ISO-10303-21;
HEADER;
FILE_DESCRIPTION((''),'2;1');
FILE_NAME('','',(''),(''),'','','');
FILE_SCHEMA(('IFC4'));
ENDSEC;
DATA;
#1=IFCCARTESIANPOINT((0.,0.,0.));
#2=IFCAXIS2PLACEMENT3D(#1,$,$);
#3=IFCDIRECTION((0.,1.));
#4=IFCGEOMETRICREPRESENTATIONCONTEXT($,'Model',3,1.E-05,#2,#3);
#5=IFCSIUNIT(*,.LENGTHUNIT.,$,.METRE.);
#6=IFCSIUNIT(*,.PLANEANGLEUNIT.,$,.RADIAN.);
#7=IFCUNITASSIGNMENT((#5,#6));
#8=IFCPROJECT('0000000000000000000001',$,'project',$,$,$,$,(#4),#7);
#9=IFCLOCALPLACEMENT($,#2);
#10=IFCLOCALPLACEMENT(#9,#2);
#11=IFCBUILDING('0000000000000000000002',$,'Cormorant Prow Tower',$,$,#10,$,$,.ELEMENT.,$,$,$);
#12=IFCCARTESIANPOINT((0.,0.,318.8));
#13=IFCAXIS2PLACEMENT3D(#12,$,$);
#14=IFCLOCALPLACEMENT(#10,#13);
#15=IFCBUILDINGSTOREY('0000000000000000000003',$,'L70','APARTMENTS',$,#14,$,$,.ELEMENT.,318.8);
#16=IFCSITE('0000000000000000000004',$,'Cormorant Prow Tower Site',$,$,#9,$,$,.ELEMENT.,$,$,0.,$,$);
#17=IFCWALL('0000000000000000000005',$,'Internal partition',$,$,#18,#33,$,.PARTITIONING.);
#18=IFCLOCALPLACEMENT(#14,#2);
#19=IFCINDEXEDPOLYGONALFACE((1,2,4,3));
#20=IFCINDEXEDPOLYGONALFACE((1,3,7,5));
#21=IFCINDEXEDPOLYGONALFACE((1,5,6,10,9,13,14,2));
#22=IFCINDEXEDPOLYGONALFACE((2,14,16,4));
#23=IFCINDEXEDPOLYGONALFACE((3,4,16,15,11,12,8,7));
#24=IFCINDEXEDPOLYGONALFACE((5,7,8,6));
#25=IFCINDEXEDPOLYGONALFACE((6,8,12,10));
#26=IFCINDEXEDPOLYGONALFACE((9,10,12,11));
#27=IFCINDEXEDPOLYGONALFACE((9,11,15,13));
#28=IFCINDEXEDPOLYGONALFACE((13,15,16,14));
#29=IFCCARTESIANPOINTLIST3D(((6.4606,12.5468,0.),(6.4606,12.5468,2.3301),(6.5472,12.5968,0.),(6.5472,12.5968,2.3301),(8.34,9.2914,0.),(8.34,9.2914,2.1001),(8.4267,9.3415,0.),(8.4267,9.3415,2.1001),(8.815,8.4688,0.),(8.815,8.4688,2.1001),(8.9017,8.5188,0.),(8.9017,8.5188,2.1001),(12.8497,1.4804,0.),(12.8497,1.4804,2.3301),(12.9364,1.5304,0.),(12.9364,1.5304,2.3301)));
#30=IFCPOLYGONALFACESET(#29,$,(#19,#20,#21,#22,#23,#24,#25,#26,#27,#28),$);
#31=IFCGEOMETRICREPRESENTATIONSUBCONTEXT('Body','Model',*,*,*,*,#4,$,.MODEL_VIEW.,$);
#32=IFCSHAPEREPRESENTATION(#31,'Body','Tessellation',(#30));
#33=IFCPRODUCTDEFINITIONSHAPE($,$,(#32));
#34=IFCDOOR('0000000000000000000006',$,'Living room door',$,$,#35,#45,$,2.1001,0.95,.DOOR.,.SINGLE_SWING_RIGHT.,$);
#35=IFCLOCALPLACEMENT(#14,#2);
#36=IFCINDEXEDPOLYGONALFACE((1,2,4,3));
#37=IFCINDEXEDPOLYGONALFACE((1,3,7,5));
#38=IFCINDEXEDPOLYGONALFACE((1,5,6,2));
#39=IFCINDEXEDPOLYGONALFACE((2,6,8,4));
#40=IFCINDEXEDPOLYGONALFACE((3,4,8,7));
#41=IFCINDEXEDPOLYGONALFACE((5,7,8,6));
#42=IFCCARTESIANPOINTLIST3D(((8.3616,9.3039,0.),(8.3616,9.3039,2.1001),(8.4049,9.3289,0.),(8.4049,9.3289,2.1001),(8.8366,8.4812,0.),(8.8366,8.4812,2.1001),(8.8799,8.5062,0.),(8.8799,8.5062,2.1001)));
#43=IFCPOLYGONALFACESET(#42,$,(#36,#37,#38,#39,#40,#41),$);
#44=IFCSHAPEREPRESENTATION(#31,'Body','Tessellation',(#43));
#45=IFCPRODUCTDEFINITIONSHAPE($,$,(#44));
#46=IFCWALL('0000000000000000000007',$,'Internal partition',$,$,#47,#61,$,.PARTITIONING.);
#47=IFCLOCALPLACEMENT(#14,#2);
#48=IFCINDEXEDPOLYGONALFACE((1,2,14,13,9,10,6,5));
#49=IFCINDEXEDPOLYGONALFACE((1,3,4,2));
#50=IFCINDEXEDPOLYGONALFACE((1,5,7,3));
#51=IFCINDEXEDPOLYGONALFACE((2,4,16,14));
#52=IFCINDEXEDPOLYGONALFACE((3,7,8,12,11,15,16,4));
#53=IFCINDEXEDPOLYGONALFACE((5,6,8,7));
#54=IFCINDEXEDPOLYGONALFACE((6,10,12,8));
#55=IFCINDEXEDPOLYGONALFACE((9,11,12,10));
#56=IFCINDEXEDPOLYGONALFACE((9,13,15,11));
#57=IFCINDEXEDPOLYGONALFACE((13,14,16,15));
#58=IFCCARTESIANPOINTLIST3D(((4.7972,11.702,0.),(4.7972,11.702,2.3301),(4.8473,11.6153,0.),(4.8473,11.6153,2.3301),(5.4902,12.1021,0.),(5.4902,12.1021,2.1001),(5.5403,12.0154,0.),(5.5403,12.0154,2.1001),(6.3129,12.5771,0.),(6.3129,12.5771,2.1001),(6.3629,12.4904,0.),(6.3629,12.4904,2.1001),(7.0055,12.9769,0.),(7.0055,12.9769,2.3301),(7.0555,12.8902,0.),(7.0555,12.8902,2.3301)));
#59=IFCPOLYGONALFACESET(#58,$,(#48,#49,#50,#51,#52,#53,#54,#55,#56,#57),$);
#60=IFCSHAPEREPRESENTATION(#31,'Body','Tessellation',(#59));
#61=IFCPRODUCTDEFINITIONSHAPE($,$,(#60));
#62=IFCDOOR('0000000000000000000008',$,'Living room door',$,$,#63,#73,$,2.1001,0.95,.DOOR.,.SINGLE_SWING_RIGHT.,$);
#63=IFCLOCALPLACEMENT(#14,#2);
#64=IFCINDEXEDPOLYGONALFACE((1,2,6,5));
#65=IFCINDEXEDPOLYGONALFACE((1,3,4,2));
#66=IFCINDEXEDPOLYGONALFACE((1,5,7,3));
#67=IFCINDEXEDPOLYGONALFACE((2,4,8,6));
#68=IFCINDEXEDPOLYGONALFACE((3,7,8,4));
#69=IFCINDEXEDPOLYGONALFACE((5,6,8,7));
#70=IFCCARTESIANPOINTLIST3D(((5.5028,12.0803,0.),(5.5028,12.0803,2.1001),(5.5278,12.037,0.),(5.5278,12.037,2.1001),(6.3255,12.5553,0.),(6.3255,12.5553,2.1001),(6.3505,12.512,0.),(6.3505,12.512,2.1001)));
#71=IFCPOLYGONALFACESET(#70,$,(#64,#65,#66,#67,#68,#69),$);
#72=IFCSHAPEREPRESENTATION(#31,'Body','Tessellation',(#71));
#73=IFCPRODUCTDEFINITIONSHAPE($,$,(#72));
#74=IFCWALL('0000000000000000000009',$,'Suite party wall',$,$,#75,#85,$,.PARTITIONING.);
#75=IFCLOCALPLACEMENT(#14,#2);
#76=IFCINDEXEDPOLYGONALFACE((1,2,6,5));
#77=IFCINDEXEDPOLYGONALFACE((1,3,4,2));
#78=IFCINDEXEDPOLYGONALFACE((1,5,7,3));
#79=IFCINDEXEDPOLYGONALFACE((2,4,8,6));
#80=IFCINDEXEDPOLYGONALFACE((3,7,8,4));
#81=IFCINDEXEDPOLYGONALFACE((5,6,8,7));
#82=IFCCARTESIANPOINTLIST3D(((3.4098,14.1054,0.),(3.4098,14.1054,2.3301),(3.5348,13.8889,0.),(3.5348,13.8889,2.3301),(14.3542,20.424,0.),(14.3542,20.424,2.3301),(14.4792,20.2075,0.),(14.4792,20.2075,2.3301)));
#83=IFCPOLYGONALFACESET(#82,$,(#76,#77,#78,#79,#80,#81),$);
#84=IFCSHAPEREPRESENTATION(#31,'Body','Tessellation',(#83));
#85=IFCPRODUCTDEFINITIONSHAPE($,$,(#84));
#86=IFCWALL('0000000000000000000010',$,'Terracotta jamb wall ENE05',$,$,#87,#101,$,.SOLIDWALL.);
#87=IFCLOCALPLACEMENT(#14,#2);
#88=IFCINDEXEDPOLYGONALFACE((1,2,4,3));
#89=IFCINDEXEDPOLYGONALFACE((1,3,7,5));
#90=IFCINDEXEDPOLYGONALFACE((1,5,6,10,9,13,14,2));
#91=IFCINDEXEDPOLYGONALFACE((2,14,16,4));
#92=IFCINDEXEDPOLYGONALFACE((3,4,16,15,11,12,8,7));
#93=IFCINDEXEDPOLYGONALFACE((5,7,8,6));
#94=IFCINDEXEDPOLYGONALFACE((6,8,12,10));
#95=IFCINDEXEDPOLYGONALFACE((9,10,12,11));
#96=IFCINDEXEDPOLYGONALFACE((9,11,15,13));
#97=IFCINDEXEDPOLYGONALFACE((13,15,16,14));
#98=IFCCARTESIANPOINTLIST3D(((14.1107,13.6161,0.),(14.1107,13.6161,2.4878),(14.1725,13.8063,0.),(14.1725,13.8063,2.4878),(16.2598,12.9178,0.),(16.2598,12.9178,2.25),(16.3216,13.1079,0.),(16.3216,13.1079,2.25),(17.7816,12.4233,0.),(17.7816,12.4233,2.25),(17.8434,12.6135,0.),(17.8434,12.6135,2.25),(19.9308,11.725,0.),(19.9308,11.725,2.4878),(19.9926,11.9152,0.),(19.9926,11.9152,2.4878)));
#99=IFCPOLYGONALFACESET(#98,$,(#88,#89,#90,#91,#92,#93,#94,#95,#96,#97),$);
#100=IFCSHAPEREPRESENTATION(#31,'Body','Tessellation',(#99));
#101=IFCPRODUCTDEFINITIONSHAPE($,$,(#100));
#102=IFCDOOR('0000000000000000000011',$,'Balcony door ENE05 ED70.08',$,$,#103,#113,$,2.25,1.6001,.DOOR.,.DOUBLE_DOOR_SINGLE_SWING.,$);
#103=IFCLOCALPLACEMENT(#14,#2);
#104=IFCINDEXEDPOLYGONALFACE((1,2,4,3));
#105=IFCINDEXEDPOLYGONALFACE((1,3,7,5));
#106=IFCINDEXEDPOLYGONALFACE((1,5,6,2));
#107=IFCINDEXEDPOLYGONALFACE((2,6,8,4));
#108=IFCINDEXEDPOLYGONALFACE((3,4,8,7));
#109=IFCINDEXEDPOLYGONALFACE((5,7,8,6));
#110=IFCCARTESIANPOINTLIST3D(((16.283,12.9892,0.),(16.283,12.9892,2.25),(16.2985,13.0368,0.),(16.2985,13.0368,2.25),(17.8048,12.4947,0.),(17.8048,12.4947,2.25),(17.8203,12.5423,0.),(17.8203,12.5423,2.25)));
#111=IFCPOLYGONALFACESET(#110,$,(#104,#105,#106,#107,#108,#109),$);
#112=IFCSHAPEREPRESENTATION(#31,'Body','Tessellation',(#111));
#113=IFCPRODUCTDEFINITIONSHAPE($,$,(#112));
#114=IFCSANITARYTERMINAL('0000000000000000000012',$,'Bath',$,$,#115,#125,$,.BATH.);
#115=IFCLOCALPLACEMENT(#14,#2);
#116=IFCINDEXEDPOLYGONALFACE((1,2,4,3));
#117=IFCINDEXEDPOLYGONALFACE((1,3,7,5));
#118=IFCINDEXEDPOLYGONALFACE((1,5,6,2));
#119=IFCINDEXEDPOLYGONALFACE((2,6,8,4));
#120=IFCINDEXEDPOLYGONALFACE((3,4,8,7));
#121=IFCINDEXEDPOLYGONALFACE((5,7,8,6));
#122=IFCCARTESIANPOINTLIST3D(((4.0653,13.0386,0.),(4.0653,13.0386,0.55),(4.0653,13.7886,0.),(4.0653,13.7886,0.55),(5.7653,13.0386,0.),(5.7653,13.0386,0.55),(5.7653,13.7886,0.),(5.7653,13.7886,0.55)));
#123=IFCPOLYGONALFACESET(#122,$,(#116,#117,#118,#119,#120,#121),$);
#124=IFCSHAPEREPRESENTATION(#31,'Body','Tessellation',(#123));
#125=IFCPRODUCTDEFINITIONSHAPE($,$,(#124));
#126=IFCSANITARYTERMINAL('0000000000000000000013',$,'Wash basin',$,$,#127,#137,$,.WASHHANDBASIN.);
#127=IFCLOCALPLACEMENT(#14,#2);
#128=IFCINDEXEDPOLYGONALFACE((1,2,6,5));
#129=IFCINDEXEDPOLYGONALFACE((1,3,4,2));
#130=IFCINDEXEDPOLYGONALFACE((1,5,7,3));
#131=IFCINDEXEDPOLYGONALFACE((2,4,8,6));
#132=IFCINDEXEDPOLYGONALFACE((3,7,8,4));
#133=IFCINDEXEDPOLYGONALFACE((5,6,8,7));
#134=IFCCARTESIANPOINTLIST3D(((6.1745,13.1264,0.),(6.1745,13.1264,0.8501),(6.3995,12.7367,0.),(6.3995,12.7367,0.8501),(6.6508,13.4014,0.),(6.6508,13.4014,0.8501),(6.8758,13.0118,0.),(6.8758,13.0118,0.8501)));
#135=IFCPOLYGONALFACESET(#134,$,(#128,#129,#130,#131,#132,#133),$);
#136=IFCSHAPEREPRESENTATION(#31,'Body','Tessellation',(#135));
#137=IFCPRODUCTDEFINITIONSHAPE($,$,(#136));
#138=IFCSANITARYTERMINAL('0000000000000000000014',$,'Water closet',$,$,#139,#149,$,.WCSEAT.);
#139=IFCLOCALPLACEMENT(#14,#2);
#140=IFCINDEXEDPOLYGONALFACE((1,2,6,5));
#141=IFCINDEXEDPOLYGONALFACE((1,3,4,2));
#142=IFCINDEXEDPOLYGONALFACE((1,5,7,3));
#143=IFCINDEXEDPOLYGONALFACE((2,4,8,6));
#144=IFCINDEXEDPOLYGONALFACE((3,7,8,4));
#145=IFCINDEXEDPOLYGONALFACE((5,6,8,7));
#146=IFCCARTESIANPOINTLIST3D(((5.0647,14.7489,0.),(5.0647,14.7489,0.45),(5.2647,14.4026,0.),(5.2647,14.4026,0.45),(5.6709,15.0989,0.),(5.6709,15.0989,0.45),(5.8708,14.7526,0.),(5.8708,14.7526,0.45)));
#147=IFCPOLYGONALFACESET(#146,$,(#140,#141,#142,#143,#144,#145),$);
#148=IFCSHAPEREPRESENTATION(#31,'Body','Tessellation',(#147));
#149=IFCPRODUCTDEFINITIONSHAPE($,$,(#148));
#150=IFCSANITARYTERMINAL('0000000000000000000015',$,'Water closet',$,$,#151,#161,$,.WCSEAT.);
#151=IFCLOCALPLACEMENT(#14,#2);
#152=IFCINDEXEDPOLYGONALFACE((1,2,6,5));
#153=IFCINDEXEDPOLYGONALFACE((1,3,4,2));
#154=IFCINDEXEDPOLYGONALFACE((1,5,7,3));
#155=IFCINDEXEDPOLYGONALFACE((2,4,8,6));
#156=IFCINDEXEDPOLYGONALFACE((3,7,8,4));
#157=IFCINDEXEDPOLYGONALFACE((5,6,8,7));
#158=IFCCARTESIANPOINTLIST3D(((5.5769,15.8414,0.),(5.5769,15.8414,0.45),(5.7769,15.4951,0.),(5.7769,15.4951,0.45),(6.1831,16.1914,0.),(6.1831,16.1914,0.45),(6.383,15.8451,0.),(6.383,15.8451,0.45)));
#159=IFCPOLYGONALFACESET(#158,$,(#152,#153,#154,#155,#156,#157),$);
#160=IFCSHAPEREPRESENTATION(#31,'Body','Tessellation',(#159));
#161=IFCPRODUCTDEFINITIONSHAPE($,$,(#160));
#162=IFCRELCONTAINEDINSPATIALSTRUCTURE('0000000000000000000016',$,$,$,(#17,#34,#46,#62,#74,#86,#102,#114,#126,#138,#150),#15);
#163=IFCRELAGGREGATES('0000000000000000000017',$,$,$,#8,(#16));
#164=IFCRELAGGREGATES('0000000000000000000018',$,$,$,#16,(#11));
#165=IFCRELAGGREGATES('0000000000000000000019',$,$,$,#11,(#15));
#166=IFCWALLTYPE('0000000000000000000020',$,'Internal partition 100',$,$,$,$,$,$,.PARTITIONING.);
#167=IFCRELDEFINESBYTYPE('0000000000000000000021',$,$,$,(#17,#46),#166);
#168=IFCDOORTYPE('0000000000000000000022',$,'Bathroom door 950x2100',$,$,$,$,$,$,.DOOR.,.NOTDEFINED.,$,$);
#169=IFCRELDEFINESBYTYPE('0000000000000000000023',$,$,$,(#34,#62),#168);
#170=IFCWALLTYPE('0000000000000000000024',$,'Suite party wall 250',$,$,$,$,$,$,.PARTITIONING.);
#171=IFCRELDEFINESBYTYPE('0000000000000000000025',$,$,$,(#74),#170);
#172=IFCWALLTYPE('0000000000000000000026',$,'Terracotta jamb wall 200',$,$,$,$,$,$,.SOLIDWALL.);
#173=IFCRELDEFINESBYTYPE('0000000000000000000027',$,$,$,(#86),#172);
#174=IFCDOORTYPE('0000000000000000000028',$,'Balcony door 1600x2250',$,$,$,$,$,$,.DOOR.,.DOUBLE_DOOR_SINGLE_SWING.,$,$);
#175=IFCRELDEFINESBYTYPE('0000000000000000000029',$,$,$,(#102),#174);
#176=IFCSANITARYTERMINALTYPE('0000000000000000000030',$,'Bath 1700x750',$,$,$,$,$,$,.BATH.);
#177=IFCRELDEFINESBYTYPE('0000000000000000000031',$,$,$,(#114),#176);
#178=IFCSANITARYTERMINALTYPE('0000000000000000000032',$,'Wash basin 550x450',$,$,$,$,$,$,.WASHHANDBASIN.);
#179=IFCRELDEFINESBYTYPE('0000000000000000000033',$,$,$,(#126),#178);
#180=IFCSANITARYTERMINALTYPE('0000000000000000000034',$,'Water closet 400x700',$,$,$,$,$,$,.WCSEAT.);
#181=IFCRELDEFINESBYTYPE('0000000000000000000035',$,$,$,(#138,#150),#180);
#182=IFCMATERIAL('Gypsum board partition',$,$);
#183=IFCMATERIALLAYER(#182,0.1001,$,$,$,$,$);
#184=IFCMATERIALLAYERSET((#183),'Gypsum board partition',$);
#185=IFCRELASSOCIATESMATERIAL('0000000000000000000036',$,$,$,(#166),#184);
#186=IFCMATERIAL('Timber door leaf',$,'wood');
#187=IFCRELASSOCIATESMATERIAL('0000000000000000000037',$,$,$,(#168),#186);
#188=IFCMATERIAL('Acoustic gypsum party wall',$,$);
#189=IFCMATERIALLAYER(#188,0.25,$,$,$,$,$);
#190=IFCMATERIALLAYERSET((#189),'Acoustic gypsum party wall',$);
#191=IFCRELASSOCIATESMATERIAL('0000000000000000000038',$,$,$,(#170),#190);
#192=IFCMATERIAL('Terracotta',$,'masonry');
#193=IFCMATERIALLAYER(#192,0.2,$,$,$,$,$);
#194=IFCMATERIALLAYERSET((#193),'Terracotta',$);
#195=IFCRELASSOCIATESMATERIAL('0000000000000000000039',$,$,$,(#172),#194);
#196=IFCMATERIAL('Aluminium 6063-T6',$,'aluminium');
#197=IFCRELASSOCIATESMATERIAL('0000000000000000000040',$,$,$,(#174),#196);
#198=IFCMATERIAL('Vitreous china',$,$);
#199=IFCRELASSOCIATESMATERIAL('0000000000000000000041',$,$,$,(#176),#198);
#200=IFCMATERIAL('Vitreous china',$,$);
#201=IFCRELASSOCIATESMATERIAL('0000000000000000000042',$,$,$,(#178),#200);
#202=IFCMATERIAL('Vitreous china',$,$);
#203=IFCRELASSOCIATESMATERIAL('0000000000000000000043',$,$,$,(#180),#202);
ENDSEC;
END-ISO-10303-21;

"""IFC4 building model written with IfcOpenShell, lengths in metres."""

from ifc_helpers import new_model, si_unit, direction, frame, frame_2d, origin, origin_2d, place, context, subcontext, project, spatial, rectangle, extrude, material, layer, layer_set, type_object, element, fill, save


model = new_model("IFC4")

# Units and contexts
model_context = context("Model", 3, precision=1e-05, world=origin(), true_north=direction((0.0, 1.0)))
body_context = subcontext(model_context, "Body", "Model", "MODEL_VIEW")
ifc_project = project(units=[si_unit("LENGTHUNIT", "METRE"), si_unit("PLANEANGLEUNIT", "RADIAN")], contexts=[model_context])

# Site, building, storey
site_placement = place(None, origin())
site = spatial("IfcSite", under=ifc_project, at=site_placement, Name="Cormorant Prow Tower Site", CompositionType="ELEMENT", RefElevation=0.0)
building_placement = place(site_placement, origin())
building = spatial("IfcBuilding", under=site, at=building_placement, Name="Cormorant Prow Tower", CompositionType="ELEMENT")
storey_placement = place(building_placement, frame((0.0, 0.0, 318.8)))
storey = spatial("IfcBuildingStorey", under=building, at=storey_placement, Name="L70", Description="APARTMENTS", CompositionType="ELEMENT", Elevation=318.8)

# Walls, openings, doors
ifc_material_1 = material(Name="Gypsum board partition")
ifc_layer_1 = layer(ifc_material_1, 0.1001)
ifc_layer_set_1 = layer_set([ifc_layer_1], Name="Gypsum board partition")
wall_type_1 = type_object("IfcWallType", Name="Internal partition 100", PredefinedType="PARTITIONING", material=ifc_layer_set_1)
ifc_material_2 = material(Name="Timber door leaf", Category="wood")
door_type_1 = type_object("IfcDoorType", Name="Bathroom door 950x2100", OperationType="NOTDEFINED", PredefinedType="DOOR", material=ifc_material_2)
wall_1_placement = place(storey_placement, frame((6.5039, 12.5718, 0.0), z_axis=(0.0, 0.0, 1.0), x_axis=(0.499998, -0.866027, 0.0)))
wall_1 = element("IfcWall", 1, at=wall_1_placement, inside=storey, type_object=wall_type_1, Name="Internal partition", PredefinedType="PARTITIONING", context=body_context, shape_type="SweptSolid", body=[
    extrude(rectangle(XDim=12.7783, YDim=0.1001, at=frame_2d((6.3892, 0.0))), origin(), (0.0, 0.0, 1.0), 2.3301),
])
opening_1_placement = place(wall_1_placement, frame((3.7588, 0.0, 0.0)))
opening_1 = element("IfcOpeningElement", 2, at=opening_1_placement, cuts=wall_1, PredefinedType="OPENING", context=body_context, shape_type="SweptSolid", body=[
    extrude(rectangle(XDim=0.95, YDim=2.1001, at=frame_2d((0.4751, 1.05))), frame((0.0, 0.0601, 0.0), z_axis=(0.0, -1.0, 0.0), x_axis=(1.0, 0.0, 0.0)), (0.0, 0.0, 1.0), 0.1201),
])
door_1_placement = place(opening_1_placement, origin())
door_1 = element("IfcDoor", 3, at=door_1_placement, inside=storey, type_object=door_type_1, Name="Living room door", OperationType="SINGLE_SWING_RIGHT", OverallHeight=2.1001, OverallWidth=0.95, PredefinedType="DOOR", context=body_context, shape_type="SweptSolid", body=[
    extrude(rectangle(XDim=0.95, YDim=2.1001, at=frame_2d((0.4751, 1.05))), frame((0.0, 0.0249, 0.0), z_axis=(0.0, -1.0, 0.0), x_axis=(1.0, 0.0, 0.0)), (0.0, 0.0, 1.0), 0.05),
])
fill(opening_1, door_1)
wall_2_placement = place(storey_placement, frame((4.8223, 11.6587, 0.0), z_axis=(0.0, 0.0, 1.0), x_axis=(0.866031, 0.49999, 0.0)))
wall_2 = element("IfcWall", 4, at=wall_2_placement, inside=storey, type_object=wall_type_1, Name="Internal partition", PredefinedType="PARTITIONING", context=body_context, shape_type="SweptSolid", body=[
    extrude(rectangle(XDim=2.5498, YDim=0.1001, at=frame_2d((1.2749, 0.0))), origin(), (0.0, 0.0, 1.0), 2.3301),
])
opening_2_placement = place(wall_2_placement, frame((0.8, 0.0, 0.0)))
opening_2 = element("IfcOpeningElement", 5, at=opening_2_placement, cuts=wall_2, PredefinedType="OPENING", context=body_context, shape_type="SweptSolid", body=[
    extrude(rectangle(XDim=0.95, YDim=2.1001, at=frame_2d((0.4751, 1.05))), frame((0.0, 0.0601, 0.0), z_axis=(0.0, -1.0, 0.0), x_axis=(1.0, 0.0, 0.0)), (0.0, 0.0, 1.0), 0.1201),
])
door_2_placement = place(opening_2_placement, origin())
door_2 = element("IfcDoor", 6, at=door_2_placement, inside=storey, type_object=door_type_1, Name="Living room door", OperationType="SINGLE_SWING_RIGHT", OverallHeight=2.1001, OverallWidth=0.95, PredefinedType="DOOR", context=body_context, shape_type="SweptSolid", body=[
    extrude(rectangle(XDim=0.95, YDim=2.1001, at=frame_2d((0.4751, 1.05))), frame((0.0, 0.0249, 0.0), z_axis=(0.0, -1.0, 0.0), x_axis=(1.0, 0.0, 0.0)), (0.0, 0.0, 1.0), 0.05),
])
fill(opening_2, door_2)

# Wall
ifc_material_3 = material(Name="Acoustic gypsum party wall")
ifc_layer_2 = layer(ifc_material_3, 0.25)
ifc_layer_set_2 = layer_set([ifc_layer_2], Name="Acoustic gypsum party wall")
wall_type_2 = type_object("IfcWallType", Name="Suite party wall 250", PredefinedType="PARTITIONING", material=ifc_layer_set_2)
wall_3_placement = place(storey_placement, frame((3.4722, 13.9971, 0.0), z_axis=(0.0, 0.0, 1.0), x_axis=(0.866029, 0.499993, 0.0)))
element("IfcWall", 7, at=wall_3_placement, inside=storey, type_object=wall_type_2, Name="Suite party wall", PredefinedType="PARTITIONING", context=body_context, shape_type="SweptSolid", body=[
    extrude(rectangle(XDim=12.6375, YDim=0.25, at=frame_2d((6.3188, 0.0))), origin(), (0.0, 0.0, 1.0), 2.3301),
])

# Wall, opening, door
ifc_material_4 = material(Name="Terracotta", Category="masonry")
ifc_layer_3 = layer(ifc_material_4, 0.2)
ifc_layer_set_3 = layer_set([ifc_layer_3], Name="Terracotta")
wall_type_3 = type_object("IfcWallType", Name="Terracotta jamb wall 200", PredefinedType="SOLIDWALL", material=ifc_layer_set_3)
wall_4_placement = place(storey_placement, frame((19.9617, 11.8201, 0.0), z_axis=(0.0, 0.0, 1.0), x_axis=(-0.951054, 0.309026, 0.0)))
wall_4 = element("IfcWall", 8, at=wall_4_placement, inside=storey, type_object=wall_type_3, Name="Terracotta jamb wall ENE05", PredefinedType="SOLIDWALL", context=body_context, shape_type="SweptSolid", body=[
    extrude(rectangle(XDim=6.1196, YDim=0.2, at=frame_2d((3.0598, 0.0))), origin(), (0.0, 0.0, 1.0), 2.4878),
])
opening_3_placement = place(wall_4_placement, frame((2.2598, 0.0, 0.0)))
opening_3 = element("IfcOpeningElement", 9, at=opening_3_placement, cuts=wall_4, PredefinedType="OPENING", context=body_context, shape_type="SweptSolid", body=[
    extrude(rectangle(XDim=1.6001, YDim=2.25, at=frame_2d((0.8, 1.125))), frame((0.0, 0.1099, 0.0), z_axis=(0.0, -1.0, 0.0), x_axis=(1.0, 0.0, 0.0)), (0.0, 0.0, 1.0), 0.22),
])
ifc_material_5 = material(Name="Aluminium 6063-T6", Category="aluminium")
door_type_2 = type_object("IfcDoorType", Name="Balcony door 1600x2250", OperationType="DOUBLE_DOOR_SINGLE_SWING", PredefinedType="DOOR", material=ifc_material_5)
door_3_placement = place(opening_3_placement, origin())
door_3 = element("IfcDoor", 10, at=door_3_placement, inside=storey, type_object=door_type_2, Name="Balcony door ENE05 ED70.08", OperationType="DOUBLE_DOOR_SINGLE_SWING", OverallHeight=2.25, OverallWidth=1.6001, PredefinedType="DOOR", context=body_context, shape_type="SweptSolid", body=[
    extrude(rectangle(XDim=1.6001, YDim=2.25, at=frame_2d((0.8, 1.125))), frame((0.0, 0.0249, 0.0), z_axis=(0.0, -1.0, 0.0), x_axis=(1.0, 0.0, 0.0)), (0.0, 0.0, 1.0), 0.05),
])
fill(opening_3, door_3)

# Sanitary terminals
ifc_material_6 = material(Name="Vitreous china")
sanitary_terminal_type_1 = type_object("IfcSanitaryTerminalType", Name="Bath 1700x750", PredefinedType="BATH", material=ifc_material_6)
sanitary_terminal_1_placement = place(storey_placement, frame((4.9153, 13.4136, 0.0), z_axis=(0.0, 0.0, 1.0), x_axis=(1.0, 0.0, 0.0)))
element("IfcSanitaryTerminal", 11, at=sanitary_terminal_1_placement, inside=storey, type_object=sanitary_terminal_type_1, Name="Bath", PredefinedType="BATH", context=body_context, shape_type="SweptSolid", body=[
    extrude(rectangle(XDim=1.7, YDim=0.75, at=origin_2d()), origin(), (0.0, 0.0, 1.0), 0.55),
])
ifc_material_7 = material(Name="Vitreous china")
sanitary_terminal_type_2 = type_object("IfcSanitaryTerminalType", Name="Wash basin 550x450", PredefinedType="WASHHANDBASIN", material=ifc_material_7)
sanitary_terminal_2_placement = place(storey_placement, frame((6.5251, 13.0691, 0.0), z_axis=(0.0, 0.0, 1.0), x_axis=(-0.866025, -0.5, 0.0)))
element("IfcSanitaryTerminal", 12, at=sanitary_terminal_2_placement, inside=storey, type_object=sanitary_terminal_type_2, Name="Wash basin", PredefinedType="WASHHANDBASIN", context=body_context, shape_type="SweptSolid", body=[
    extrude(rectangle(XDim=0.55, YDim=0.45, at=origin_2d()), origin(), (0.0, 0.0, 1.0), 0.8501),
])
ifc_material_8 = material(Name="Vitreous china")
sanitary_terminal_type_3 = type_object("IfcSanitaryTerminalType", Name="Water closet 400x700", PredefinedType="WCSEAT", material=ifc_material_8)
for number, where, z_axis, x_axis, name in (
    (13, (5.4678, 14.7507, 0.0), (0.0, 0.0, 1.0), (0.5, -0.866025, 0.0), "Water closet"),
    (14, (5.98, 15.8433, 0.0), (0.0, 0.0, 1.0), (-0.5, 0.866025, 0.0), "Water closet"),
):
    element("IfcSanitaryTerminal", number, at=place(storey_placement, frame(where, z_axis=z_axis, x_axis=x_axis)), inside=storey, type_object=sanitary_terminal_type_3, Name=name, PredefinedType="WCSEAT", context=body_context, shape_type="SweptSolid", body=[
        extrude(rectangle(XDim=0.3999, YDim=0.7, at=origin_2d()), origin(), (0.0, 0.0, 1.0), 0.45),
    ])

save(model, "model.ifc")
